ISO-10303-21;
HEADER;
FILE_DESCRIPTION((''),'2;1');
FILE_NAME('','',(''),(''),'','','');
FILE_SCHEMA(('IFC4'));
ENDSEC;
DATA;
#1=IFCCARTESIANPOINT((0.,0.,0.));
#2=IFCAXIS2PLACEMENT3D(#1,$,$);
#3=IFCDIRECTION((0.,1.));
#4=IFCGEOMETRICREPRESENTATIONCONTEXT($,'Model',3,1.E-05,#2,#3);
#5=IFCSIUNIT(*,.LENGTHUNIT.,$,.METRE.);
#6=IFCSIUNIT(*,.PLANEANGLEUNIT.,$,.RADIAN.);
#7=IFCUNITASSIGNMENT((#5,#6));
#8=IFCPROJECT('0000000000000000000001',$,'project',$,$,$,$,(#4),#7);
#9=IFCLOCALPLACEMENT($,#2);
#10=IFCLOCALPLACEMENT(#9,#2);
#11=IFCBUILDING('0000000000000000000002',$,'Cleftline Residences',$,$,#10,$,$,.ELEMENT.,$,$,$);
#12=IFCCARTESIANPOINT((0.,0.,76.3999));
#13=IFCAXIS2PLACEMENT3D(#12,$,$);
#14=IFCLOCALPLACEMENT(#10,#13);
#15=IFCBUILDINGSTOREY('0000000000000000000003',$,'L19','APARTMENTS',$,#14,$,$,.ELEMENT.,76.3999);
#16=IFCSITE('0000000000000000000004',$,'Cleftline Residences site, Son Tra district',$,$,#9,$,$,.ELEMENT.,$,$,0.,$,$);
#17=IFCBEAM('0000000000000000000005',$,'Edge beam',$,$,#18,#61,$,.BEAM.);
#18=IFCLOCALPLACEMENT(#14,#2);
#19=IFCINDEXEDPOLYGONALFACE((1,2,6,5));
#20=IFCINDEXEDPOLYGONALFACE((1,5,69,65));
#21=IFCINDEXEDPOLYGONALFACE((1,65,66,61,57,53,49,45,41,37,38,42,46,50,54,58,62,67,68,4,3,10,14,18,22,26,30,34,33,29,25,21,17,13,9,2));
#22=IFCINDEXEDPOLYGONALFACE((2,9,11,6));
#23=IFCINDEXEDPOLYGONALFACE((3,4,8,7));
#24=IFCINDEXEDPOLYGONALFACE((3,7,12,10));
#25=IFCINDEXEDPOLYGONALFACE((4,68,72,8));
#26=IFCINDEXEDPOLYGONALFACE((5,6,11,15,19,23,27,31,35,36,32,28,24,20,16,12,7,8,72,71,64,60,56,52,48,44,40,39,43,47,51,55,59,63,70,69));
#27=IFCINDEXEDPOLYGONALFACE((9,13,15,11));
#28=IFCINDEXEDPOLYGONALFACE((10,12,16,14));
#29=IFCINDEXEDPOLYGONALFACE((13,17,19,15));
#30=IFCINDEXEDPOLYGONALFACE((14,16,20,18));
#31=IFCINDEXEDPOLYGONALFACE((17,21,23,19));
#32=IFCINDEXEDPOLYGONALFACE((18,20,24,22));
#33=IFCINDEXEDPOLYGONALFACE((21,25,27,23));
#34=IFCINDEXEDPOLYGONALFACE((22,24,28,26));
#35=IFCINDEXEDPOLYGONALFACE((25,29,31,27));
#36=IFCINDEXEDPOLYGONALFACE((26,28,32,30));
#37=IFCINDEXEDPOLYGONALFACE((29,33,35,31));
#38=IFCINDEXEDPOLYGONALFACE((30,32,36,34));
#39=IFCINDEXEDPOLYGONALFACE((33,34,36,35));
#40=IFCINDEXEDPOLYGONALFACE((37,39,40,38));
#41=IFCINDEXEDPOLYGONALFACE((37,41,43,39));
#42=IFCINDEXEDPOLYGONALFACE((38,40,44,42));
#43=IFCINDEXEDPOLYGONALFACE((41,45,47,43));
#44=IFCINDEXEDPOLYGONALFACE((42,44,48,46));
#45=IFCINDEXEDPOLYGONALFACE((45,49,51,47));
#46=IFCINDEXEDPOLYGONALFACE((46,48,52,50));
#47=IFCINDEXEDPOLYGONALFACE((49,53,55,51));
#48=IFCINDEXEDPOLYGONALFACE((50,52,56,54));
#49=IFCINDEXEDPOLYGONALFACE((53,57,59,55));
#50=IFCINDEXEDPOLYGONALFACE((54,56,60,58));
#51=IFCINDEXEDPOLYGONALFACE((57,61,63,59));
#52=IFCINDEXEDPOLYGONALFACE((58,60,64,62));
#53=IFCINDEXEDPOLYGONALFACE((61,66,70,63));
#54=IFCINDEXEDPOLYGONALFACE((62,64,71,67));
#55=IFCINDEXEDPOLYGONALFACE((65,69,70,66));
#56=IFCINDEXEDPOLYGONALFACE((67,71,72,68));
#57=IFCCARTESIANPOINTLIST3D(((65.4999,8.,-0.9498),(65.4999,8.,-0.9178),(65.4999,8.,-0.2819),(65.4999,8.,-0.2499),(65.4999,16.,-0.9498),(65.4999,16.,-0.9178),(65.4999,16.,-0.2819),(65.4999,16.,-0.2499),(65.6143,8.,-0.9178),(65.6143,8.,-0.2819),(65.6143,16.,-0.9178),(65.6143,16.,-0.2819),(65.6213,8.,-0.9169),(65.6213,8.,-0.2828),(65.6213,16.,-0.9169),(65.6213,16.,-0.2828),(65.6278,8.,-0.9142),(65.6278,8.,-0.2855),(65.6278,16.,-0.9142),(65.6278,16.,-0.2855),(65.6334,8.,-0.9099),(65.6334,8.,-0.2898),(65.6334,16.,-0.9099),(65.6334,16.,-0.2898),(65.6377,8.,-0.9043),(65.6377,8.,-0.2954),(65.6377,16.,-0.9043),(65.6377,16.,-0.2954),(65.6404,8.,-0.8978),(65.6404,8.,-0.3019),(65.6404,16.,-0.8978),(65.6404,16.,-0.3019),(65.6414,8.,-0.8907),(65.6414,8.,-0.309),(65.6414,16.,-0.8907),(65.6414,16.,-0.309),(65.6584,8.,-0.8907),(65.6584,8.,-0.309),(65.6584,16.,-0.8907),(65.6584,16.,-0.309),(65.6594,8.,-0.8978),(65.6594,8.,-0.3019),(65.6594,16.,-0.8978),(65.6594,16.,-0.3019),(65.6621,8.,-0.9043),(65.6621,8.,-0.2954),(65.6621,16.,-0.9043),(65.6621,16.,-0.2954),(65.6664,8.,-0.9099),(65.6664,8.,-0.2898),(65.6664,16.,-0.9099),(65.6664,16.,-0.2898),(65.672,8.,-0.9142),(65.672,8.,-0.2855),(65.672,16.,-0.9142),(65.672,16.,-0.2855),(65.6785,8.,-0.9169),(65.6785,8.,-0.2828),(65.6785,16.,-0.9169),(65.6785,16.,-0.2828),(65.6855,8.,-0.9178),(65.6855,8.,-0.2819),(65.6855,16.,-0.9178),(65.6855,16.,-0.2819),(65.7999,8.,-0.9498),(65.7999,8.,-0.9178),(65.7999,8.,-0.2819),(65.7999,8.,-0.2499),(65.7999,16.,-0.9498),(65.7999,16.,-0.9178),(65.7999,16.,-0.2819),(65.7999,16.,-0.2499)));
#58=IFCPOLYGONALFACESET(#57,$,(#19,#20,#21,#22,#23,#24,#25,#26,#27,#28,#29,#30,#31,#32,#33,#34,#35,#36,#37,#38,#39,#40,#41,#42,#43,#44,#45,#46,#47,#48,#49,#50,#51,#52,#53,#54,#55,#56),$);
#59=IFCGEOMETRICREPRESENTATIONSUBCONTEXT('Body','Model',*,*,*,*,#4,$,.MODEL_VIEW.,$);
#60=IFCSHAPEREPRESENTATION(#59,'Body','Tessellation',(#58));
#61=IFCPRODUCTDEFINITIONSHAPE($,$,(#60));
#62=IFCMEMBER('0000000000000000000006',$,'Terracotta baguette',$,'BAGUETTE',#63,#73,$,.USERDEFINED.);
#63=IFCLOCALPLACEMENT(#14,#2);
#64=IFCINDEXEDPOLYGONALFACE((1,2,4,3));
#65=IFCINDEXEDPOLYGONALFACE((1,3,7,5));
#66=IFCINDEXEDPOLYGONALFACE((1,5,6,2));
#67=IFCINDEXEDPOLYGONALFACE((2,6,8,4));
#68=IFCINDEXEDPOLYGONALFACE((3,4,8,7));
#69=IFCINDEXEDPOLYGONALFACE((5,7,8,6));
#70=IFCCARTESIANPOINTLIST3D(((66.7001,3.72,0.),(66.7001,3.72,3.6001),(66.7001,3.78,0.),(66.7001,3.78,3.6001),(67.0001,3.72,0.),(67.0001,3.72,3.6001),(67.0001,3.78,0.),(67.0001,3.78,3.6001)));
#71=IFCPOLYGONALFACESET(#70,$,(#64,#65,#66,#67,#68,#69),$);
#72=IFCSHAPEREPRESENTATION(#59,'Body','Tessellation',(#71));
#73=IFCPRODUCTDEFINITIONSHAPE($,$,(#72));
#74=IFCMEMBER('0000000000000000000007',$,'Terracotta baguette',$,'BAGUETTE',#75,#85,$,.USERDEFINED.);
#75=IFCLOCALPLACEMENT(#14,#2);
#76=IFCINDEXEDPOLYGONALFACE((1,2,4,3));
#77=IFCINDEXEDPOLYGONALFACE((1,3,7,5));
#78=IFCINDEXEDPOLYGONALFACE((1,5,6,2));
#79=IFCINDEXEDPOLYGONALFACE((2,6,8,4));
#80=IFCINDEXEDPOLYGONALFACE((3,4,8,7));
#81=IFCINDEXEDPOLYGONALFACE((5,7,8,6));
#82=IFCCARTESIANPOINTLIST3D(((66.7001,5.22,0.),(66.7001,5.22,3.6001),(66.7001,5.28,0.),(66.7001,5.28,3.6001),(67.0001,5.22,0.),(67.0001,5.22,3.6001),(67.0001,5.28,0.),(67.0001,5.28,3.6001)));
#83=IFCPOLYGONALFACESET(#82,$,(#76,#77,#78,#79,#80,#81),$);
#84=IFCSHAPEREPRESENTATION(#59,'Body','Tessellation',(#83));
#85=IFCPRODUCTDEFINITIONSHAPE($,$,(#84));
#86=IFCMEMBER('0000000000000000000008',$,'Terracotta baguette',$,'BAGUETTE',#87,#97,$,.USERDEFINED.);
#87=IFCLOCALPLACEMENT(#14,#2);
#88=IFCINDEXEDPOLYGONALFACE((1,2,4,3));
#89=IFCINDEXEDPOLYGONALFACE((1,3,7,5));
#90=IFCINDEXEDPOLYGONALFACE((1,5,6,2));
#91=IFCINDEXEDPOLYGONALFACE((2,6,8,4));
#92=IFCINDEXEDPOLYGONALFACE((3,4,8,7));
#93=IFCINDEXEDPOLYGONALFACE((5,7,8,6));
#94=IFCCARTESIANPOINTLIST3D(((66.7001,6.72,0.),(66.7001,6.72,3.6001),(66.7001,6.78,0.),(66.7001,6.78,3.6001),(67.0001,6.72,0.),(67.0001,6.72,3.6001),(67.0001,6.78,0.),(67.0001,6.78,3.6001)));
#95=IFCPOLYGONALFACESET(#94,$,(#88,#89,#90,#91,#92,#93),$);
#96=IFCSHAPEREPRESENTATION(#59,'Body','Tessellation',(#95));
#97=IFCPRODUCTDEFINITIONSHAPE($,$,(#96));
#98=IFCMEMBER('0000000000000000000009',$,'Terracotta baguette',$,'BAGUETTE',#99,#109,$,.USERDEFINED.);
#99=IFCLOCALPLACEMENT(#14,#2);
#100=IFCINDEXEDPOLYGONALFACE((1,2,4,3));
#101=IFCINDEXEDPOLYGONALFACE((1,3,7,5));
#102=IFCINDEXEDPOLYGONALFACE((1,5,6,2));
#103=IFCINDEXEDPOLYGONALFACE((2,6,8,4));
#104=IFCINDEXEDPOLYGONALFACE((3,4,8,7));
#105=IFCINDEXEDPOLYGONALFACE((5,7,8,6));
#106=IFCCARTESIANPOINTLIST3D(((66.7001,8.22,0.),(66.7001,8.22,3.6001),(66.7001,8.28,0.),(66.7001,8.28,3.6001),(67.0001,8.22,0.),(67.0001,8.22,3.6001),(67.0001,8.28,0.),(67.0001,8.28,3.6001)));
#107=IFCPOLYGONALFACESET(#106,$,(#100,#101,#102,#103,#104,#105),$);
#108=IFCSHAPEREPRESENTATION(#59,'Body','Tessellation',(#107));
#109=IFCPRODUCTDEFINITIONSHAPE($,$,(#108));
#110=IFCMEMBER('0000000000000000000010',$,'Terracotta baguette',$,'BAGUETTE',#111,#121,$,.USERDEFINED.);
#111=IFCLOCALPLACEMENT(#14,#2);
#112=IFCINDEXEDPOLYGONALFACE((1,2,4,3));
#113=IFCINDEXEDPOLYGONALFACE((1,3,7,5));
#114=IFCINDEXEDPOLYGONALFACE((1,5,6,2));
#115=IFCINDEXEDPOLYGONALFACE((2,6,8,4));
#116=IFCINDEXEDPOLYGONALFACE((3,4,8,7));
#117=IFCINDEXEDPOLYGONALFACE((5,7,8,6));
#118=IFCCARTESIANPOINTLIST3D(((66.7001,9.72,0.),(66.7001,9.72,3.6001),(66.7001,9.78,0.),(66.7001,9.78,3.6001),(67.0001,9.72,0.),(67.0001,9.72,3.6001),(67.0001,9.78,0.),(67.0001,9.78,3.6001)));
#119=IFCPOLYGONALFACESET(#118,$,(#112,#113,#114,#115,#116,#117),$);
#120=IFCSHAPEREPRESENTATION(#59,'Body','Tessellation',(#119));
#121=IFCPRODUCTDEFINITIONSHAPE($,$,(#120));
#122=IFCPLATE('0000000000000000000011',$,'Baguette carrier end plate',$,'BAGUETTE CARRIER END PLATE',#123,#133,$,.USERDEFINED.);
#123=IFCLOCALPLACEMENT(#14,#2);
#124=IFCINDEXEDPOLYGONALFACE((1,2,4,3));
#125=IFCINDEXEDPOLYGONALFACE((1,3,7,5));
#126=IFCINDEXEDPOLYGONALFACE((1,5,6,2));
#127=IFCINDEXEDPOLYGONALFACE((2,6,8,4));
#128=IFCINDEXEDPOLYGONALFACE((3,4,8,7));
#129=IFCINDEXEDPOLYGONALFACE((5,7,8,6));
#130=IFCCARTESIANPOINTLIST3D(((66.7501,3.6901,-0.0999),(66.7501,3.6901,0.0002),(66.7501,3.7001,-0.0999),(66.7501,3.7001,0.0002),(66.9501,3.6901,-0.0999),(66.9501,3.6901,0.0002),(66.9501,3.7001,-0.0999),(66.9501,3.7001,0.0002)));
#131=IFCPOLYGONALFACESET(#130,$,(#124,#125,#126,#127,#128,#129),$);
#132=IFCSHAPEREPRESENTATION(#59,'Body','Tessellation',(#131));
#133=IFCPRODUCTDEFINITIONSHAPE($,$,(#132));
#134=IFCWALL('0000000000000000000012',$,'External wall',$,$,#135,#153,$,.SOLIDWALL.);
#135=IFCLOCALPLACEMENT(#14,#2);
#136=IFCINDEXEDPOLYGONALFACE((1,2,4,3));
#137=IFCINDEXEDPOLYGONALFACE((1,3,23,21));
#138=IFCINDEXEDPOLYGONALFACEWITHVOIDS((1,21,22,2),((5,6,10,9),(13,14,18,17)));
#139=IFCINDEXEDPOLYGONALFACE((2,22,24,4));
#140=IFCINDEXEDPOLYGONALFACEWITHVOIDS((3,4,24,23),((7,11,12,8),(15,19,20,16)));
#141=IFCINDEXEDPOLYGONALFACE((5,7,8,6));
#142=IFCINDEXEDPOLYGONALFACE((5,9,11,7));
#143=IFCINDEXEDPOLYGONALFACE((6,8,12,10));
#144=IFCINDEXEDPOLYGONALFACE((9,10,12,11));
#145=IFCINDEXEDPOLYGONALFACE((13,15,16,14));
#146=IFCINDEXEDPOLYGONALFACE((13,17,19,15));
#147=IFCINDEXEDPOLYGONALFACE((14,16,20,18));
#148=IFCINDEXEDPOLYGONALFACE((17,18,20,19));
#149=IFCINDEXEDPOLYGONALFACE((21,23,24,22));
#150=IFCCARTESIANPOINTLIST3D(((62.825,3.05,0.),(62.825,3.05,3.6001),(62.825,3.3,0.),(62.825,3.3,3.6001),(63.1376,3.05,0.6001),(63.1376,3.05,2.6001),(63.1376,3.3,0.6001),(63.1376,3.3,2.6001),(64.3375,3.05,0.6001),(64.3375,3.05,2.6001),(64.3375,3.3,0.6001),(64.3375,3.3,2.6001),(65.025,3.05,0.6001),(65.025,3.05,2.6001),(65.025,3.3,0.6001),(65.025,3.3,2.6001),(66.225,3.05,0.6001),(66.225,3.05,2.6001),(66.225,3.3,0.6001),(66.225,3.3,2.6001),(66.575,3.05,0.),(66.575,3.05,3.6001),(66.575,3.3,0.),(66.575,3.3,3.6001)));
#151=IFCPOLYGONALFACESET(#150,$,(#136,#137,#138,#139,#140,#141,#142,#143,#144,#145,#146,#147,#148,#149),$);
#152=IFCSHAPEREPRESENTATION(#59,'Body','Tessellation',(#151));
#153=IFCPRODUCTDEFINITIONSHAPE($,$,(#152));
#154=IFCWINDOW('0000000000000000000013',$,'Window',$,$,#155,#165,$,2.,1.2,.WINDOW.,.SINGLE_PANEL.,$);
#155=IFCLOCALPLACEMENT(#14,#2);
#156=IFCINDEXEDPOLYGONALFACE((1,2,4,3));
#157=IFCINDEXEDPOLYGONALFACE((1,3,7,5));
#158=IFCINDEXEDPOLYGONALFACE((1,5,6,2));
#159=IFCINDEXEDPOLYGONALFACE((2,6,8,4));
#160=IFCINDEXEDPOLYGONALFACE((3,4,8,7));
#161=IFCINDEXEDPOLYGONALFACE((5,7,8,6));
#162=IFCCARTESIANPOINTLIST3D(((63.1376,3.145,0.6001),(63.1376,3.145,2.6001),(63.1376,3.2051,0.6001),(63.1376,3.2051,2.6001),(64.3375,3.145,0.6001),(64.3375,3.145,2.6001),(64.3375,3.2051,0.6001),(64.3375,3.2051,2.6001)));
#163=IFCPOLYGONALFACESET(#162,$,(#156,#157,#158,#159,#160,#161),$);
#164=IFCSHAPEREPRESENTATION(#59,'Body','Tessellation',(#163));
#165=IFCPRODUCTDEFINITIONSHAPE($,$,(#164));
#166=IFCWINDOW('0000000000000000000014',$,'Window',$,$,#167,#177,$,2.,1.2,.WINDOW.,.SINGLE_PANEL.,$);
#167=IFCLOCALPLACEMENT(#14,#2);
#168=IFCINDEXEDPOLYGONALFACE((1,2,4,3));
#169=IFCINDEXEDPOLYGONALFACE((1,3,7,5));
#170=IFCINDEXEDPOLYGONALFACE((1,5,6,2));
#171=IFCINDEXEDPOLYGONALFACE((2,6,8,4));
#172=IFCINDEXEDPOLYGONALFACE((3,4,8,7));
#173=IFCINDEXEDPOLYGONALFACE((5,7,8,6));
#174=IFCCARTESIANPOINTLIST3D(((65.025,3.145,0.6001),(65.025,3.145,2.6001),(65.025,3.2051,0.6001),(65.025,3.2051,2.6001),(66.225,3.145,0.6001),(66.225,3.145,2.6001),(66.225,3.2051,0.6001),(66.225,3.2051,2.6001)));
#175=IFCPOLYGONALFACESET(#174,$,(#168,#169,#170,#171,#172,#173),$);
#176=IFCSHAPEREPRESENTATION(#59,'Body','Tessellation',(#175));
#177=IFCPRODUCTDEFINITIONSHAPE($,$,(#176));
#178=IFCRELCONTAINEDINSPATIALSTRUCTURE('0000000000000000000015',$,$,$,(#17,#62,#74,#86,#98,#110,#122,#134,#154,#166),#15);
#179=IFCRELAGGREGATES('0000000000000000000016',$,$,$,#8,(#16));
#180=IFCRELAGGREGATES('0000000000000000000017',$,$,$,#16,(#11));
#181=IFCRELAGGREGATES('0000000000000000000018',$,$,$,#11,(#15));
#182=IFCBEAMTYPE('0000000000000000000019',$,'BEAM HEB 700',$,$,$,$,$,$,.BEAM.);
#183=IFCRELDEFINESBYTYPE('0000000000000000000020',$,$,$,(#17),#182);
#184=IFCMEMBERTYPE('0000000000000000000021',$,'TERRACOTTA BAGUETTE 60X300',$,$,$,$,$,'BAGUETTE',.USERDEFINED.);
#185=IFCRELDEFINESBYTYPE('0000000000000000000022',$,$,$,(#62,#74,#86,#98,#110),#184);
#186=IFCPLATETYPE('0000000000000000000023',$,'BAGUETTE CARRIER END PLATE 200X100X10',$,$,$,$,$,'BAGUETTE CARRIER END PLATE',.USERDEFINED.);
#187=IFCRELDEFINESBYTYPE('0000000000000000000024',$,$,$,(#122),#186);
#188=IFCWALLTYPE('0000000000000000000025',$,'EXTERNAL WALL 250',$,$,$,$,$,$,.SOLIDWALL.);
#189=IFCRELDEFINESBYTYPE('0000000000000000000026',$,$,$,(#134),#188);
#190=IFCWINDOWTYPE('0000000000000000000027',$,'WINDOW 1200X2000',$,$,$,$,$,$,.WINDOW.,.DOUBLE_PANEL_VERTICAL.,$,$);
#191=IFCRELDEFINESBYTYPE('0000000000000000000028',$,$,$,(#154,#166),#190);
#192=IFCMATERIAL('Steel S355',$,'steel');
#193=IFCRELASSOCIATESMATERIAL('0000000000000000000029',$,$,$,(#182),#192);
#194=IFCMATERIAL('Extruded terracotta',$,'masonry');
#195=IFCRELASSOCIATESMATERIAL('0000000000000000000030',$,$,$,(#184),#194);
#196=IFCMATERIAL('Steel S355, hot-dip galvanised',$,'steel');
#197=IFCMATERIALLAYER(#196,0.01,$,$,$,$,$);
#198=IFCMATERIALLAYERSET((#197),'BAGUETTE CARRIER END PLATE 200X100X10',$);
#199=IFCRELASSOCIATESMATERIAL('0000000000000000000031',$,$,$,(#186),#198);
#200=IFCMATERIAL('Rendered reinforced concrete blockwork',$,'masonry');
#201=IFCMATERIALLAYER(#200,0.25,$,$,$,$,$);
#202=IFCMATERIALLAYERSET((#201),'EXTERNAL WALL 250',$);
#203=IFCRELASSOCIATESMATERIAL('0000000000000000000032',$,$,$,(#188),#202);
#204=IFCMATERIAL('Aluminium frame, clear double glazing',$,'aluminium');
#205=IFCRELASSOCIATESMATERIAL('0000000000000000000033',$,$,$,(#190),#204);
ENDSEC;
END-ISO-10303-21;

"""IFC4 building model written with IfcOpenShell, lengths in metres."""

from ifc_helpers import new_model, si_unit, direction, frame, frame_2d, origin, origin_2d, place, context, subcontext, project, spatial, rectangle, i_section, extrude, material, layer, layer_set, material_profile, profile_set, type_object, element, fill, save


model = new_model("IFC4")

# Units and contexts
model_context = context("Model", 3, precision=1e-05, world=origin(), true_north=direction((0.0, 1.0)))
body_context = subcontext(model_context, "Body", "Model", "MODEL_VIEW")
ifc_project = project(units=[si_unit("LENGTHUNIT", "METRE"), si_unit("PLANEANGLEUNIT", "RADIAN")], contexts=[model_context])

# Site, building, storey
site_placement = place(None, origin())
site = spatial("IfcSite", under=ifc_project, at=site_placement, Name="Cleftline Residences site, Son Tra district", CompositionType="ELEMENT", RefElevation=0.0)
building_placement = place(site_placement, origin())
building = spatial("IfcBuilding", under=site, at=building_placement, Name="Cleftline Residences", CompositionType="ELEMENT")
storey_placement = place(building_placement, frame((0.0, 0.0, 76.3999)))
storey = spatial("IfcBuildingStorey", under=building, at=storey_placement, Name="L19", Description="APARTMENTS", CompositionType="ELEMENT", Elevation=76.3999)

# Beam
ifc_material_1 = material(Name="Steel S355", Category="steel")
ifc_material_profile_1 = material_profile(ifc_material_1, i_section(OverallWidth=0.3, OverallDepth=0.7, WebThickness=0.0171, FlangeThickness=0.032, FilletRadius=0.0271, at=origin_2d()))
ifc_profile_set_1 = profile_set([ifc_material_profile_1], Name="Steel S355")
beam_type = type_object("IfcBeamType", Name="BEAM HEB 700", PredefinedType="BEAM", material=ifc_profile_set_1)
beam_placement = place(storey_placement, frame((65.6499, 8.0, -0.5999), z_axis=(0.0, 1.0, 0.0), x_axis=(-1.0, 0.0, 0.0)))
element("IfcBeam", 1, at=beam_placement, inside=storey, type_object=beam_type, Name="Edge beam", PredefinedType="BEAM", context=body_context, shape_type="SweptSolid", body=[
    extrude(i_section(OverallWidth=0.3, OverallDepth=0.7, WebThickness=0.0171, FlangeThickness=0.032, FilletRadius=0.0271, at=origin_2d()), origin(), (0.0, 0.0, 1.0), 8.0),
])

# Members
ifc_material_2 = material(Name="Extruded terracotta", Category="masonry")
ifc_material_profile_2 = material_profile(ifc_material_2, rectangle(XDim=0.0601, YDim=0.3, at=origin_2d()))
ifc_profile_set_2 = profile_set([ifc_material_profile_2], Name="Extruded terracotta")
member_type_1 = type_object("IfcMemberType", Name="TERRACOTTA BAGUETTE 60X300", ElementType="BAGUETTE", PredefinedType="USERDEFINED", material=ifc_profile_set_2)
for number, where, z_axis, x_axis, name in (
    (2, (66.8501, 3.75, 0.0), (0.0, 0.0, 1.0), (0.0, 1.0, 0.0), "Terracotta baguette"),
    (3, (66.8501, 5.25, 0.0), (0.0, 0.0, 1.0), (0.0, 1.0, 0.0), "Terracotta baguette"),
    (4, (66.8501, 6.75, 0.0), (0.0, 0.0, 1.0), (0.0, 1.0, 0.0), "Terracotta baguette"),
    (5, (66.8501, 8.25, 0.0), (0.0, 0.0, 1.0), (0.0, 1.0, 0.0), "Terracotta baguette"),
    (6, (66.8501, 9.75, 0.0), (0.0, 0.0, 1.0), (0.0, 1.0, 0.0), "Terracotta baguette"),
):
    element("IfcMember", number, at=place(storey_placement, frame(where, z_axis=z_axis, x_axis=x_axis)), inside=storey, type_object=member_type_1, Name=name, ObjectType="BAGUETTE", PredefinedType="USERDEFINED", context=body_context, shape_type="SweptSolid", body=[
        extrude(rectangle(XDim=0.0601, YDim=0.3, at=origin_2d()), origin(), (0.0, 0.0, 1.0), 3.6001),
    ])

# Plate
ifc_material_3 = material(Name="Steel S355, hot-dip galvanised", Category="steel")
ifc_layer_1 = layer(ifc_material_3, 0.01)
ifc_layer_set_1 = layer_set([ifc_layer_1], Name="BAGUETTE CARRIER END PLATE 200X100X10")
plate_type = type_object("IfcPlateType", Name="BAGUETTE CARRIER END PLATE 200X100X10", ElementType="BAGUETTE CARRIER END PLATE", PredefinedType="USERDEFINED", material=ifc_layer_set_1)
plate_placement = place(storey_placement, frame((66.8501, 3.6951, -0.0999), z_axis=(0.0, 0.0, 1.0), x_axis=(1.0, 0.0, 0.0)))
element("IfcPlate", 7, at=plate_placement, inside=storey, type_object=plate_type, Name="Baguette carrier end plate", ObjectType="BAGUETTE CARRIER END PLATE", PredefinedType="USERDEFINED", context=body_context, shape_type="SweptSolid", body=[
    extrude(rectangle(XDim=0.2, YDim=0.01, at=origin_2d()), origin(), (0.0, 0.0, 1.0), 0.1001),
])

# Wall, openings, windows
ifc_material_4 = material(Name="Rendered reinforced concrete blockwork", Category="masonry")
ifc_layer_2 = layer(ifc_material_4, 0.25)
ifc_layer_set_2 = layer_set([ifc_layer_2], Name="EXTERNAL WALL 250")
wall_type_1 = type_object("IfcWallType", Name="EXTERNAL WALL 250", PredefinedType="SOLIDWALL", material=ifc_layer_set_2)
wall_1_placement = place(storey_placement, frame((62.825, 3.175, 0.0), z_axis=(0.0, 0.0, 1.0), x_axis=(1.0, 0.0, 0.0)))
wall_1 = element("IfcWall", 8, at=wall_1_placement, inside=storey, type_object=wall_type_1, Name="External wall", PredefinedType="SOLIDWALL", context=body_context, shape_type="SweptSolid", body=[
    extrude(rectangle(XDim=3.75, YDim=0.25, at=frame_2d((1.875, 0.0))), origin(), (0.0, 0.0, 1.0), 3.6001),
])
opening_1_placement = place(wall_1_placement, frame((0.3125, 0.0, 0.6001)))
opening_1 = element("IfcOpeningElement", 9, at=opening_1_placement, cuts=wall_1, PredefinedType="OPENING", context=body_context, shape_type="SweptSolid", body=[
    extrude(rectangle(XDim=1.2, YDim=2.0, at=frame_2d((0.6001, 1.0))), frame((0.0, 0.135, 0.0), z_axis=(0.0, -1.0, 0.0), x_axis=(1.0, 0.0, 0.0)), (0.0, 0.0, 1.0), 0.27),
])
opening_2_placement = place(wall_1_placement, frame((2.2, 0.0, 0.6001)))
opening_2 = element("IfcOpeningElement", 10, at=opening_2_placement, cuts=wall_1, PredefinedType="OPENING", context=body_context, shape_type="SweptSolid", body=[
    extrude(rectangle(XDim=1.2, YDim=2.0, at=frame_2d((0.6001, 1.0))), frame((0.0, 0.135, 0.0), z_axis=(0.0, -1.0, 0.0), x_axis=(1.0, 0.0, 0.0)), (0.0, 0.0, 1.0), 0.27),
])
ifc_material_5 = material(Name="Aluminium frame, clear double glazing", Category="aluminium")
window_type_1 = type_object("IfcWindowType", Name="WINDOW 1200X2000", PartitioningType="DOUBLE_PANEL_VERTICAL", PredefinedType="WINDOW", material=ifc_material_5)
window_1_placement = place(opening_1_placement, origin())
window_1 = element("IfcWindow", 11, at=window_1_placement, inside=storey, type_object=window_type_1, Name="Window", OverallHeight=2.0, OverallWidth=1.2, PartitioningType="SINGLE_PANEL", PredefinedType="WINDOW", context=body_context, shape_type="SweptSolid", body=[
    extrude(rectangle(XDim=1.2, YDim=2.0, at=frame_2d((0.6001, 1.0))), frame((0.0, 0.03, 0.0), z_axis=(0.0, -1.0, 0.0), x_axis=(1.0, 0.0, 0.0)), (0.0, 0.0, 1.0), 0.0601),
])
fill(opening_1, window_1)
window_2_placement = place(opening_2_placement, origin())
window_2 = element("IfcWindow", 12, at=window_2_placement, inside=storey, type_object=window_type_1, Name="Window", OverallHeight=2.0, OverallWidth=1.2, PartitioningType="SINGLE_PANEL", PredefinedType="WINDOW", context=body_context, shape_type="SweptSolid", body=[
    extrude(rectangle(XDim=1.2, YDim=2.0, at=frame_2d((0.6001, 1.0))), frame((0.0, 0.03, 0.0), z_axis=(0.0, -1.0, 0.0), x_axis=(1.0, 0.0, 0.0)), (0.0, 0.0, 1.0), 0.0601),
])
fill(opening_2, window_2)

save(model, "model.ifc")
